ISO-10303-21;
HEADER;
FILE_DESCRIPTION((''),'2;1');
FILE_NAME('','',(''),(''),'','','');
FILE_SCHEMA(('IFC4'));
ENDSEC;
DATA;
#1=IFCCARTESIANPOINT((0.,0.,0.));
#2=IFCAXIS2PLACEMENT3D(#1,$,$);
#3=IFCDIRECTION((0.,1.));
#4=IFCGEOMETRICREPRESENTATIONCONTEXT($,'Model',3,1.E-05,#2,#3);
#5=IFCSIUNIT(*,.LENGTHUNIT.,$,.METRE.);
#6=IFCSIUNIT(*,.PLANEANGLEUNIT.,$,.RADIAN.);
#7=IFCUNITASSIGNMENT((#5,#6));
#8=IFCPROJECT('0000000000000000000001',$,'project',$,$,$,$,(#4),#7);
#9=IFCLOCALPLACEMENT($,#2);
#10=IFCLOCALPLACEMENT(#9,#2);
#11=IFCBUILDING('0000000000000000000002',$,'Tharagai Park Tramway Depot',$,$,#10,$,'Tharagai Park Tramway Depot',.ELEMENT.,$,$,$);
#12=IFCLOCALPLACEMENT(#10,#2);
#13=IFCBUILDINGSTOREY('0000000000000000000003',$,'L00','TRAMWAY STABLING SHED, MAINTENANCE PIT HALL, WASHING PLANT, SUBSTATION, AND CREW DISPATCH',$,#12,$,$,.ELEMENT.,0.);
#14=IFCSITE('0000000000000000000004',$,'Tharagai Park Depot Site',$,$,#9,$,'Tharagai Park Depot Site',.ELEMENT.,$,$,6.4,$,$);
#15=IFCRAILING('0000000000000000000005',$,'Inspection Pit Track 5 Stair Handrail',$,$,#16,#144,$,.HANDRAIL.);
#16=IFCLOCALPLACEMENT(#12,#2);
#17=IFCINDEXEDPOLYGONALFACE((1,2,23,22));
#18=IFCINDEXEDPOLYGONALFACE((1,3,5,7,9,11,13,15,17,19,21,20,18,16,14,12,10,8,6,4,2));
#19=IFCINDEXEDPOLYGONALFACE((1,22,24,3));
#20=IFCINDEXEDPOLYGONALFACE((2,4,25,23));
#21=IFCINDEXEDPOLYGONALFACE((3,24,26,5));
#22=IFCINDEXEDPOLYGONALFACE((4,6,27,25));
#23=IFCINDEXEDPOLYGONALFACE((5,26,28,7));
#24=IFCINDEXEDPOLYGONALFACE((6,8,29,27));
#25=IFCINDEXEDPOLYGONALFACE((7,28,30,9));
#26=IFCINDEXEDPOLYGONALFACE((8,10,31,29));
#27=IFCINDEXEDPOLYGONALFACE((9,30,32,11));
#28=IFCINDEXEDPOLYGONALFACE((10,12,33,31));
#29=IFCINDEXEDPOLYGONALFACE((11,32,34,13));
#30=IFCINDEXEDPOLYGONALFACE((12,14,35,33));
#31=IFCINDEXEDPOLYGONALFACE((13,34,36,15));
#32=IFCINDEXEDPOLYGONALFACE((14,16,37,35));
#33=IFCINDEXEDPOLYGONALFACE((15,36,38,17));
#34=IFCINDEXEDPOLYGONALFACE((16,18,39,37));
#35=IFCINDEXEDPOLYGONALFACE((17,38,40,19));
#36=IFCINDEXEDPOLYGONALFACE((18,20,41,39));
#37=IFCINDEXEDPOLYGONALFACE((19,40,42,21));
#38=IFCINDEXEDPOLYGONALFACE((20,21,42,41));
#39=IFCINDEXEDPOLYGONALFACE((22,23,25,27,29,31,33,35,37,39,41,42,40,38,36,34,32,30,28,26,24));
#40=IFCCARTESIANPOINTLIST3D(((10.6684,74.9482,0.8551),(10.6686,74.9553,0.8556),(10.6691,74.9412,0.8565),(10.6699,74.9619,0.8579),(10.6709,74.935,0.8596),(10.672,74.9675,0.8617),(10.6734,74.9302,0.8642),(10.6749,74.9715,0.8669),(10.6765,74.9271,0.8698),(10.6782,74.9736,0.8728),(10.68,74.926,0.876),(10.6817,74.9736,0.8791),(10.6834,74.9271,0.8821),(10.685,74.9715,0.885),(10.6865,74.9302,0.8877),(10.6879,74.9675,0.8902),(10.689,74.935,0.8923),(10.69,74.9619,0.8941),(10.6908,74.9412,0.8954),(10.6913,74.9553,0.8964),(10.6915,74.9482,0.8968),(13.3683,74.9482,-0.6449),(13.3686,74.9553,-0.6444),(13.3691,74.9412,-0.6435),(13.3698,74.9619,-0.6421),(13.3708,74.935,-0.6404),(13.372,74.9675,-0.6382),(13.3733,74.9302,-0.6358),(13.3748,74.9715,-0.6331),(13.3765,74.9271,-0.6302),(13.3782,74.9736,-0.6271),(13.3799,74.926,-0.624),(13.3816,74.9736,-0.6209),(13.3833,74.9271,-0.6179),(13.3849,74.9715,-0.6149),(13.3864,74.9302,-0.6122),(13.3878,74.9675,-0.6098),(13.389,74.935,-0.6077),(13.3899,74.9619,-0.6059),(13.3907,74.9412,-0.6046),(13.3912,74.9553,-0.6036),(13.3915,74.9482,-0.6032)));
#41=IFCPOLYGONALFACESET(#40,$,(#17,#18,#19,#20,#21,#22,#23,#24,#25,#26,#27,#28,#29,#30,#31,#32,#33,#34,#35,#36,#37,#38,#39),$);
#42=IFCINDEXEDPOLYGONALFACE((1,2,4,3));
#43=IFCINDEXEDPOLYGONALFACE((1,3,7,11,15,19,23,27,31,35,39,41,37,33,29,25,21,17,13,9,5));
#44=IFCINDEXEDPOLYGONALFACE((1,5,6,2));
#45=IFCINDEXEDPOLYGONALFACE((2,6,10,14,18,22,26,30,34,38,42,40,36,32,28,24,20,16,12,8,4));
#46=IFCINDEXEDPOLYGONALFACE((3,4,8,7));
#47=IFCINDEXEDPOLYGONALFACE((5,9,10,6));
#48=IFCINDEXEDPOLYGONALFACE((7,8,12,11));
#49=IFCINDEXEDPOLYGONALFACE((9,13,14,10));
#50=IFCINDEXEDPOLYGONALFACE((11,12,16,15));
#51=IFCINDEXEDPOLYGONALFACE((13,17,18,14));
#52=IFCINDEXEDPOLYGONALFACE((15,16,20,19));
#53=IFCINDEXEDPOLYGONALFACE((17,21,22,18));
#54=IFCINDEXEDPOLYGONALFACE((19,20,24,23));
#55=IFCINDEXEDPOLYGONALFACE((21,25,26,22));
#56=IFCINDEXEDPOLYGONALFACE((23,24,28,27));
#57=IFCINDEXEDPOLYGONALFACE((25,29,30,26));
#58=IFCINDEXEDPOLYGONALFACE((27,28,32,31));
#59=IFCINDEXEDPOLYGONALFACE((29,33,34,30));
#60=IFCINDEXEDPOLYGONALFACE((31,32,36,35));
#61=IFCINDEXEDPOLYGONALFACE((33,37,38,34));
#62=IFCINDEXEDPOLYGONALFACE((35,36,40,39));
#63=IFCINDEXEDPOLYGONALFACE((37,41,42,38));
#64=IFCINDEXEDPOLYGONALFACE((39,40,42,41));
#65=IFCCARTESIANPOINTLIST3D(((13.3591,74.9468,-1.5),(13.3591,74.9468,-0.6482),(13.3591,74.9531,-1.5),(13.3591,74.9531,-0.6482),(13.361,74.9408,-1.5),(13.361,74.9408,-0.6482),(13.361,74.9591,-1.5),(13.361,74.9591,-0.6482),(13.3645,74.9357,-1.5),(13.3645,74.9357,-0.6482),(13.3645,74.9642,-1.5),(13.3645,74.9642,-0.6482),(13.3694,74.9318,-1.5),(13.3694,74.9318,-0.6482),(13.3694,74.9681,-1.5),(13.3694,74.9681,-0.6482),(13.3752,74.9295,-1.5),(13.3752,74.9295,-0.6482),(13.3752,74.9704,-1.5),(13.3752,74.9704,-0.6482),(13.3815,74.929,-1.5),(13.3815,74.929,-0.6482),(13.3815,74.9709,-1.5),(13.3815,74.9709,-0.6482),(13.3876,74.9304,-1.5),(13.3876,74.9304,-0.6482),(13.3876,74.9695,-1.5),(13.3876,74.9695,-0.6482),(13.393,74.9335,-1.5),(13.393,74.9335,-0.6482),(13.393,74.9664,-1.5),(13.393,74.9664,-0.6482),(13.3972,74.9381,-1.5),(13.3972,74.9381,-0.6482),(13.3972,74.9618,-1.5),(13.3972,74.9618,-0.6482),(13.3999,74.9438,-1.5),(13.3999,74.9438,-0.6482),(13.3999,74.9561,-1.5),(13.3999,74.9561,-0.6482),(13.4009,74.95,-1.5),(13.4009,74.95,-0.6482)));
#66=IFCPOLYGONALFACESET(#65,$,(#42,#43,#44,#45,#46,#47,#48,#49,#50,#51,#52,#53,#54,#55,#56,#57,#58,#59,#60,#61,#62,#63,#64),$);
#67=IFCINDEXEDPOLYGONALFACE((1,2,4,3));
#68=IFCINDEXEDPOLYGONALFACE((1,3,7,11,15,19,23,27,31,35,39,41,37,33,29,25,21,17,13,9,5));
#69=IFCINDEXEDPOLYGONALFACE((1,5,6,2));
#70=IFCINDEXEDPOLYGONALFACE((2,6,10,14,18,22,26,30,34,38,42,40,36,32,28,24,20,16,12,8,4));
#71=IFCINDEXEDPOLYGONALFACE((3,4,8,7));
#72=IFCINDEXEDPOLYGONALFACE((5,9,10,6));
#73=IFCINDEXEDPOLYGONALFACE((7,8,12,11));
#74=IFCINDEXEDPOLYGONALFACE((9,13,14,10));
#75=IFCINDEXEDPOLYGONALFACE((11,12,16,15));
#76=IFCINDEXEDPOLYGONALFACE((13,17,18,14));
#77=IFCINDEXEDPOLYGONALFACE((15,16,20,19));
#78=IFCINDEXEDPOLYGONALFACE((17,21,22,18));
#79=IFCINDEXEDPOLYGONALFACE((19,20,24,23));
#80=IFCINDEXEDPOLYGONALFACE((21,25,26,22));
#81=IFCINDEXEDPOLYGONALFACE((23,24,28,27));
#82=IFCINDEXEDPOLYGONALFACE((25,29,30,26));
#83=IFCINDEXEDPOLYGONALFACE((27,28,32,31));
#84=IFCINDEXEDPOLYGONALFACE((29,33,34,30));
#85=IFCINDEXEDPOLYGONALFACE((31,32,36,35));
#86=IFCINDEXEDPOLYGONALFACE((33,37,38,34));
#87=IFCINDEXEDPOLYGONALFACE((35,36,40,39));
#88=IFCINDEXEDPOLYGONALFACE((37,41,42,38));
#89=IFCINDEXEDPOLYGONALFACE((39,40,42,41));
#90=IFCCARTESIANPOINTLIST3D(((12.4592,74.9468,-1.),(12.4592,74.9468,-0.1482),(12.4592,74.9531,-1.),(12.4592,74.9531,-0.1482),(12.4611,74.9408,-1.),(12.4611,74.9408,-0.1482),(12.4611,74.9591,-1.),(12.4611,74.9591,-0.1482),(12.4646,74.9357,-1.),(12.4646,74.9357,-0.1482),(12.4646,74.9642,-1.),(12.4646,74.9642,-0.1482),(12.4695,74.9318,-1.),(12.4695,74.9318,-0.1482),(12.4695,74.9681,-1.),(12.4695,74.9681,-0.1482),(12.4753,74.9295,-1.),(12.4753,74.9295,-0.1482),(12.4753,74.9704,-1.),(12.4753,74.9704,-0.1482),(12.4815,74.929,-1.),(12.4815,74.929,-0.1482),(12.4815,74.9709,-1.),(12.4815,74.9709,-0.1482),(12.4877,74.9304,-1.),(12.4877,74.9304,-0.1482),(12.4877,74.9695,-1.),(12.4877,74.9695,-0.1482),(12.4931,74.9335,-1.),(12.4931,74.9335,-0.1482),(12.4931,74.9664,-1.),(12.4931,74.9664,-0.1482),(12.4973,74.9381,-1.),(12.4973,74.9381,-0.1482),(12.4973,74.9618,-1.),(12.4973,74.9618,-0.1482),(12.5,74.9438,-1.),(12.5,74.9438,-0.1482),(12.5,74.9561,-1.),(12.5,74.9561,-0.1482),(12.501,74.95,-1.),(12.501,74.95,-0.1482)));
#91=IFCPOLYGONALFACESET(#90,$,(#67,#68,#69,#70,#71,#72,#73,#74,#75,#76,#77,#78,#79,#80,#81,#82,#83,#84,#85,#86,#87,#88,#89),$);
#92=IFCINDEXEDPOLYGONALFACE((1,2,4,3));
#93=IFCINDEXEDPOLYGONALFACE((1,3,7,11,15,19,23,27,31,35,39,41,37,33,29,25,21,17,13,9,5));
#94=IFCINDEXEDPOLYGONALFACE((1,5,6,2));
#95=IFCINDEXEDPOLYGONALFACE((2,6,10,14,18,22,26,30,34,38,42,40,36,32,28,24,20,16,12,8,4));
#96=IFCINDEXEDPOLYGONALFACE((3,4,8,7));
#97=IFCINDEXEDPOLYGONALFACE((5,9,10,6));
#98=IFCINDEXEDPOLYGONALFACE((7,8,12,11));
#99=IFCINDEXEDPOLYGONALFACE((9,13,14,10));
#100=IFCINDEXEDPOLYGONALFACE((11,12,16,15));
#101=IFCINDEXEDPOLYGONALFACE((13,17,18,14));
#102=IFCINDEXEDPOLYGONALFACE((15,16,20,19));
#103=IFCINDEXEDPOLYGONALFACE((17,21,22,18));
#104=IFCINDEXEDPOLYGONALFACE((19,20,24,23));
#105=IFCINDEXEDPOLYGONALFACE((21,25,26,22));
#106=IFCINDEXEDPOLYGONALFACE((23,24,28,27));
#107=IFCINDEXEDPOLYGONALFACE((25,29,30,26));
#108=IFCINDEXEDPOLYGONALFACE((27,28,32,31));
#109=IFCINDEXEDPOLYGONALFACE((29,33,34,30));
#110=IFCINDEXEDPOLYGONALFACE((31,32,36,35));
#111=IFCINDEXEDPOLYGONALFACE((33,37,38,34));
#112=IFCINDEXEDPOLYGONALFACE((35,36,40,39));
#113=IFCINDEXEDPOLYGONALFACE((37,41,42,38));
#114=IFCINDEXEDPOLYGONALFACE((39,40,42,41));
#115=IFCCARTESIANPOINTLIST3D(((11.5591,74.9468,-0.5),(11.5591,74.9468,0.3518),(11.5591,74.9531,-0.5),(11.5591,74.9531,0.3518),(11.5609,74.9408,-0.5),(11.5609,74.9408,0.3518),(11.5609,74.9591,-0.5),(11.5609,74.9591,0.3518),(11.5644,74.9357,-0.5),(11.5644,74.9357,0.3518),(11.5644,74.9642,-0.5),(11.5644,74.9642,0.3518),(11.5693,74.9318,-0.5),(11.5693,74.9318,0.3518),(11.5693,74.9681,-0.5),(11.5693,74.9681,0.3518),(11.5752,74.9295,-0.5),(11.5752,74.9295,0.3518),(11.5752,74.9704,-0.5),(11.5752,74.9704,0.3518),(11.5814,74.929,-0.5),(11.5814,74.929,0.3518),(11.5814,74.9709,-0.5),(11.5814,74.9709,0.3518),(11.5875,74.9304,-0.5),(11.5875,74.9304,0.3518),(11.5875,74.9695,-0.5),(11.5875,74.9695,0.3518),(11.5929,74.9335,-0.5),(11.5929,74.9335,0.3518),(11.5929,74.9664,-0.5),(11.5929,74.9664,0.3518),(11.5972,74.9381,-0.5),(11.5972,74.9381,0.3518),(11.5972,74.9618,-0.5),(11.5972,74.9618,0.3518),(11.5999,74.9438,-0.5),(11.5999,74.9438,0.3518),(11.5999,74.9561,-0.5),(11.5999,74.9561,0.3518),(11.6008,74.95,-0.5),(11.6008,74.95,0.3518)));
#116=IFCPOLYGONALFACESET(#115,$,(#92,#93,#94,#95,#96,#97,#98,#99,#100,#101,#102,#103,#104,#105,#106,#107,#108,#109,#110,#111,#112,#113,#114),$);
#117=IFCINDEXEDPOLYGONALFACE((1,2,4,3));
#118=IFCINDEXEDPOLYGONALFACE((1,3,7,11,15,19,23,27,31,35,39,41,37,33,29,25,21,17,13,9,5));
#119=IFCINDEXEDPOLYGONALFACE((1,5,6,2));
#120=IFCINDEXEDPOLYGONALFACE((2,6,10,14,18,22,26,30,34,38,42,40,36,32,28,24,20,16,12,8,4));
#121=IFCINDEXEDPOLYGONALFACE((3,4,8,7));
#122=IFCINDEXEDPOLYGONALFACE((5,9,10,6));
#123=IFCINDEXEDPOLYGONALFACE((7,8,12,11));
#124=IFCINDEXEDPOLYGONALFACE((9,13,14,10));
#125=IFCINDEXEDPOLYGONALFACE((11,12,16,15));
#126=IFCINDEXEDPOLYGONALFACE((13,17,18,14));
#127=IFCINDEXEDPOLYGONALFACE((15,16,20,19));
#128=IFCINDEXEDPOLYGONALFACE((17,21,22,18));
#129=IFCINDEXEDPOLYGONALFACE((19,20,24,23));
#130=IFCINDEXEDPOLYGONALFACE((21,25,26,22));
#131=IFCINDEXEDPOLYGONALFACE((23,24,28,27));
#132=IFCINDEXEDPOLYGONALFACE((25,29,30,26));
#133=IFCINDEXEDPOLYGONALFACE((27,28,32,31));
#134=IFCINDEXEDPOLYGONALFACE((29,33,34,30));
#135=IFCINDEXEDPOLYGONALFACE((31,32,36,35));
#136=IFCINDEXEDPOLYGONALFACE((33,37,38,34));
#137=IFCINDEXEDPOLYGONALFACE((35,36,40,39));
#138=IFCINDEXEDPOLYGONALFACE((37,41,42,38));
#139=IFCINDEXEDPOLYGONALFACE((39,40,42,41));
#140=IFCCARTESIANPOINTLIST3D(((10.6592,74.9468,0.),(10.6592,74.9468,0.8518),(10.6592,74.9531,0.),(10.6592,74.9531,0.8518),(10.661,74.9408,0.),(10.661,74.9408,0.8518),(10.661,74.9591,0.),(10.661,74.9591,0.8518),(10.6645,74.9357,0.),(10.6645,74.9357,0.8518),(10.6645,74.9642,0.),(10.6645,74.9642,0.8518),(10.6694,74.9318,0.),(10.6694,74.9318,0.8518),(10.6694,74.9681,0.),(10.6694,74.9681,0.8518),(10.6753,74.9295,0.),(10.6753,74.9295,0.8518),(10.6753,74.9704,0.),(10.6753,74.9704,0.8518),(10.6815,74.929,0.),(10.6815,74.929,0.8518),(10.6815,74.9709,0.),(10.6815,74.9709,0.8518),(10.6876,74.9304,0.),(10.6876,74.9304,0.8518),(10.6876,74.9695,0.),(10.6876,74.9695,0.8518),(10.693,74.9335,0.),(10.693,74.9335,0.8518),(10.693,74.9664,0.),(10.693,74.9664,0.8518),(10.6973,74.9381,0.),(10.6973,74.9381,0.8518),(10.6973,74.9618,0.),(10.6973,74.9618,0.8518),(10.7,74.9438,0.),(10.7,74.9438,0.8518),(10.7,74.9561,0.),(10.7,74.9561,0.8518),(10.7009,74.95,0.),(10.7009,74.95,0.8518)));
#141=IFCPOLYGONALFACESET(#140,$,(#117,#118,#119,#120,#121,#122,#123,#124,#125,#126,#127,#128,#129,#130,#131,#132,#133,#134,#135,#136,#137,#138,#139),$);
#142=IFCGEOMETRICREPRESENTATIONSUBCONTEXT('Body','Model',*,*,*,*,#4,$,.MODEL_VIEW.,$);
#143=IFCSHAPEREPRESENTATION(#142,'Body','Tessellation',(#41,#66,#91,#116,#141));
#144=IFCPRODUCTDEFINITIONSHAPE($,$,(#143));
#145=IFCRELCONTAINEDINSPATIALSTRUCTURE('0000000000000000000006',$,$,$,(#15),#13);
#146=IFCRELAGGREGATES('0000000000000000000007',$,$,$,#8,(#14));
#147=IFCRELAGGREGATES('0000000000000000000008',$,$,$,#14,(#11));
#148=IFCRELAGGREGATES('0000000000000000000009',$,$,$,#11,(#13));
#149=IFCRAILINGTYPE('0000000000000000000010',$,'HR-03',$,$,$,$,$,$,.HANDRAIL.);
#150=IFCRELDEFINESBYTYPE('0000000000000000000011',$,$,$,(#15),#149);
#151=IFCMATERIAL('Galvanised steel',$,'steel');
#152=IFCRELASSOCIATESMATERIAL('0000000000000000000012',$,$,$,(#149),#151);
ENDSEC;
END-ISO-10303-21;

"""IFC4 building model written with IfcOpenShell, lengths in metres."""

from ifc_helpers import new_model, si_unit, direction, frame, origin, origin_2d, place, context, subcontext, project, spatial, circle, extrude, material, type_object, element, save


model = new_model("IFC4")

# Units and contexts
model_context = context("Model", 3, precision=1e-05, world=origin(), true_north=direction((0.0, 1.0)))
body_context = subcontext(model_context, "Body", "Model", "MODEL_VIEW")
ifc_project = project(units=[si_unit("LENGTHUNIT", "METRE"), si_unit("PLANEANGLEUNIT", "RADIAN")], contexts=[model_context])

# Site, building, storey
site_placement = place(None, origin())
site = spatial("IfcSite", under=ifc_project, at=site_placement, Name="Tharagai Park Depot Site", LongName="Tharagai Park Depot Site", CompositionType="ELEMENT", RefElevation=6.4)
building_placement = place(site_placement, origin())
building = spatial("IfcBuilding", under=site, at=building_placement, Name="Tharagai Park Tramway Depot", LongName="Tharagai Park Tramway Depot", CompositionType="ELEMENT")
storey_placement = place(building_placement, origin())
storey = spatial("IfcBuildingStorey", under=building, at=storey_placement, Name="L00", Description="TRAMWAY STABLING SHED, MAINTENANCE PIT HALL, WASHING PLANT, SUBSTATION, AND CREW DISPATCH", CompositionType="ELEMENT", Elevation=0.0)

# Railing
ifc_material_1 = material(Name="Galvanised steel", Category="steel")
railing_type_1 = type_object("IfcRailingType", Name="HR-03", PredefinedType="HANDRAIL", material=ifc_material_1)
for number, where, name in (
    (1, (13.3799, 74.95, -1.5), "Inspection Pit Track 5 Stair Handrail"),
):
    element("IfcRailing", number, at=place(storey_placement, frame(where)), inside=storey, type_object=railing_type_1, Name=name, PredefinedType="HANDRAIL", context=body_context, shape_type="SweptSolid", body=[
        extrude(circle(Radius=0.0239, at=origin_2d()), frame((0.0, 0.0, 0.876), z_axis=(-0.874154, 0.0, 0.48565), x_axis=(0.0, -1.0, 0.0)), (0.0, 0.0, 1.0), 3.0886),
        extrude(circle(Radius=0.021, at=origin_2d()), origin(), (0.0, 0.0, 1.0), 0.8518),
        extrude(circle(Radius=0.021, at=origin_2d()), frame((-0.8999, 0.0, 0.5)), (0.0, 0.0, 1.0), 0.8518),
        extrude(circle(Radius=0.021, at=origin_2d()), frame((-1.8, 0.0, 1.0)), (0.0, 0.0, 1.0), 0.8518),
        extrude(circle(Radius=0.021, at=origin_2d()), frame((-2.7, 0.0, 1.5)), (0.0, 0.0, 1.0), 0.8518),
    ])

save(model, "model.ifc")
